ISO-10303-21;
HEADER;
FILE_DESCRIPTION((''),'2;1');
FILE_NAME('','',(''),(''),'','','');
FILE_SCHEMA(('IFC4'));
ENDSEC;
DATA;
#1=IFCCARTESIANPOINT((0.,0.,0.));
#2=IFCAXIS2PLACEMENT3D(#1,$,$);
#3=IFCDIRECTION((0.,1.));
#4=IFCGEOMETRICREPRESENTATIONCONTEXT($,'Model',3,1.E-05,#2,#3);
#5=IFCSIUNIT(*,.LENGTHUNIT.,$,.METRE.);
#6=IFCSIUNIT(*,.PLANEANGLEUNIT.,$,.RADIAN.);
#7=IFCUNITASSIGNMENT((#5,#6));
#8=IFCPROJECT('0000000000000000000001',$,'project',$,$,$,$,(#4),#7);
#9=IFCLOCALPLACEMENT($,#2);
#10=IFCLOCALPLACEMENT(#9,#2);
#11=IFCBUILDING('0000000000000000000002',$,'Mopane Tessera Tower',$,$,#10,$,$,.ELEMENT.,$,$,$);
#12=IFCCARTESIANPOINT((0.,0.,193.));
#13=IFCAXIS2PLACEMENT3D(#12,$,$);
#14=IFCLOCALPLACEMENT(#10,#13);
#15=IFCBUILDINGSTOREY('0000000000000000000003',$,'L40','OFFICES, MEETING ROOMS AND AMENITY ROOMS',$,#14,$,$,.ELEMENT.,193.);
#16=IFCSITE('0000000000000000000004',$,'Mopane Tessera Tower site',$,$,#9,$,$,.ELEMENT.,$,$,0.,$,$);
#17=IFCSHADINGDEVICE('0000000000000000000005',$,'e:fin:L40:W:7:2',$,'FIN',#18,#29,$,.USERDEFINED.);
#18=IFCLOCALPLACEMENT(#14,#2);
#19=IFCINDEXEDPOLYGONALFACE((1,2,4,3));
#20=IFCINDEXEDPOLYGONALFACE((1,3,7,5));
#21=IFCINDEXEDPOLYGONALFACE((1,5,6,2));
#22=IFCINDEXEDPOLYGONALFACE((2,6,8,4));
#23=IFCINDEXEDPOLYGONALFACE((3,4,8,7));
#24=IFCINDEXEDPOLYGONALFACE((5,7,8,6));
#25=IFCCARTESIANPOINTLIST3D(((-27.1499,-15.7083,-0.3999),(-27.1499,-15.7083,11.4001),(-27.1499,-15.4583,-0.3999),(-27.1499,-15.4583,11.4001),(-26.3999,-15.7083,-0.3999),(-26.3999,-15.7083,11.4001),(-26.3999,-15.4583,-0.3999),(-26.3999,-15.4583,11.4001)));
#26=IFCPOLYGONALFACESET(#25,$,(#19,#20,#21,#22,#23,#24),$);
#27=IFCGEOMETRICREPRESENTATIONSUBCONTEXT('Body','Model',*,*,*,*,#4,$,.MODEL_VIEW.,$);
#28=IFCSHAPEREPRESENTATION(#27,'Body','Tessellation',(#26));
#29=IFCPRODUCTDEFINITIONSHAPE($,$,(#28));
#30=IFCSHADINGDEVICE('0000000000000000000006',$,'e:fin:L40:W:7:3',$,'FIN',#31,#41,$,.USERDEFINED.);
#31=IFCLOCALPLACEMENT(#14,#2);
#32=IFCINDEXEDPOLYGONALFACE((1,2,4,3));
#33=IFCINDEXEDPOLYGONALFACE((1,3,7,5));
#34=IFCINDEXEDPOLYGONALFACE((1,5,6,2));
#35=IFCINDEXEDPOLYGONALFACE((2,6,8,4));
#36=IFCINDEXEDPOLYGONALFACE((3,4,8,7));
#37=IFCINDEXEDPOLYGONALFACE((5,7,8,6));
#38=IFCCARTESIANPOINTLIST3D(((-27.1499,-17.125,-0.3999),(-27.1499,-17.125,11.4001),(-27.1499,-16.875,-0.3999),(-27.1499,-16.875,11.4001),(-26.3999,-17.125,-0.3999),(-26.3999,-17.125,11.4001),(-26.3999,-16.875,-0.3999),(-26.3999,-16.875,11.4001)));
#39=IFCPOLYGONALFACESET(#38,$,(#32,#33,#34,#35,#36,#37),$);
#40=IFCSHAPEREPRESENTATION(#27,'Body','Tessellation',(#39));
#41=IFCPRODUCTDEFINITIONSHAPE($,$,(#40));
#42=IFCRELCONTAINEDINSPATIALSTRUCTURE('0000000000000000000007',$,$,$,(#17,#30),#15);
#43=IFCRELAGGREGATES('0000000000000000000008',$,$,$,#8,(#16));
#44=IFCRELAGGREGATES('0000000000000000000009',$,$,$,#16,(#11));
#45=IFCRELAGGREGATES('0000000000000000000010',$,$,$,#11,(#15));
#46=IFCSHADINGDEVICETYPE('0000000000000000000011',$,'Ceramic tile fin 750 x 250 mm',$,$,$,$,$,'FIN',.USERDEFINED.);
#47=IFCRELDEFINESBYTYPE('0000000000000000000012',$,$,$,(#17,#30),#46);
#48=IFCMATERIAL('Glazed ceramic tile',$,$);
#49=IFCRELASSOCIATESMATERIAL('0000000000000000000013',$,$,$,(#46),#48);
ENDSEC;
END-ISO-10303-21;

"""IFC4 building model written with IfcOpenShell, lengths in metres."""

from ifc_helpers import new_model, si_unit, direction, frame, origin, origin_2d, place, context, subcontext, project, spatial, rectangle, extrude, material, type_object, element, save


model = new_model("IFC4")

# Units and contexts
model_context = context("Model", 3, precision=1e-05, world=origin(), true_north=direction((0.0, 1.0)))
body_context = subcontext(model_context, "Body", "Model", "MODEL_VIEW")
ifc_project = project(units=[si_unit("LENGTHUNIT", "METRE"), si_unit("PLANEANGLEUNIT", "RADIAN")], contexts=[model_context])

# Site, building, storey
site_placement = place(None, origin())
site = spatial("IfcSite", under=ifc_project, at=site_placement, Name="Mopane Tessera Tower site", CompositionType="ELEMENT", RefElevation=0.0)
building_placement = place(site_placement, origin())
building = spatial("IfcBuilding", under=site, at=building_placement, Name="Mopane Tessera Tower", CompositionType="ELEMENT")
storey_placement = place(building_placement, frame((0.0, 0.0, 193.0)))
storey = spatial("IfcBuildingStorey", under=building, at=storey_placement, Name="L40", Description="OFFICES, MEETING ROOMS AND AMENITY ROOMS", CompositionType="ELEMENT", Elevation=193.0)

# Shading devices
ifc_material_1 = material(Name="Glazed ceramic tile")
shading_device_type = type_object("IfcShadingDeviceType", Name="Ceramic tile fin 750 x 250 mm", ElementType="FIN", PredefinedType="USERDEFINED", material=ifc_material_1)
for number, where, z_axis, x_axis, name in (
    (1, (-26.7749, -15.5833, -0.3999), (0.0, 0.0, 1.0), (0.0, -1.0, 0.0), "e:fin:L40:W:7:2"),
    (2, (-26.7749, -17.0, -0.3999), (0.0, 0.0, 1.0), (0.0, -1.0, 0.0), "e:fin:L40:W:7:3"),
):
    element("IfcShadingDevice", number, at=place(storey_placement, frame(where, z_axis=z_axis, x_axis=x_axis)), inside=storey, type_object=shading_device_type, Name=name, ObjectType="FIN", PredefinedType="USERDEFINED", context=body_context, shape_type="SweptSolid", body=[
        extrude(rectangle(XDim=0.25, YDim=0.75, at=origin_2d()), origin(), (0.0, 0.0, 1.0), 11.8),
    ])

save(model, "model.ifc")
